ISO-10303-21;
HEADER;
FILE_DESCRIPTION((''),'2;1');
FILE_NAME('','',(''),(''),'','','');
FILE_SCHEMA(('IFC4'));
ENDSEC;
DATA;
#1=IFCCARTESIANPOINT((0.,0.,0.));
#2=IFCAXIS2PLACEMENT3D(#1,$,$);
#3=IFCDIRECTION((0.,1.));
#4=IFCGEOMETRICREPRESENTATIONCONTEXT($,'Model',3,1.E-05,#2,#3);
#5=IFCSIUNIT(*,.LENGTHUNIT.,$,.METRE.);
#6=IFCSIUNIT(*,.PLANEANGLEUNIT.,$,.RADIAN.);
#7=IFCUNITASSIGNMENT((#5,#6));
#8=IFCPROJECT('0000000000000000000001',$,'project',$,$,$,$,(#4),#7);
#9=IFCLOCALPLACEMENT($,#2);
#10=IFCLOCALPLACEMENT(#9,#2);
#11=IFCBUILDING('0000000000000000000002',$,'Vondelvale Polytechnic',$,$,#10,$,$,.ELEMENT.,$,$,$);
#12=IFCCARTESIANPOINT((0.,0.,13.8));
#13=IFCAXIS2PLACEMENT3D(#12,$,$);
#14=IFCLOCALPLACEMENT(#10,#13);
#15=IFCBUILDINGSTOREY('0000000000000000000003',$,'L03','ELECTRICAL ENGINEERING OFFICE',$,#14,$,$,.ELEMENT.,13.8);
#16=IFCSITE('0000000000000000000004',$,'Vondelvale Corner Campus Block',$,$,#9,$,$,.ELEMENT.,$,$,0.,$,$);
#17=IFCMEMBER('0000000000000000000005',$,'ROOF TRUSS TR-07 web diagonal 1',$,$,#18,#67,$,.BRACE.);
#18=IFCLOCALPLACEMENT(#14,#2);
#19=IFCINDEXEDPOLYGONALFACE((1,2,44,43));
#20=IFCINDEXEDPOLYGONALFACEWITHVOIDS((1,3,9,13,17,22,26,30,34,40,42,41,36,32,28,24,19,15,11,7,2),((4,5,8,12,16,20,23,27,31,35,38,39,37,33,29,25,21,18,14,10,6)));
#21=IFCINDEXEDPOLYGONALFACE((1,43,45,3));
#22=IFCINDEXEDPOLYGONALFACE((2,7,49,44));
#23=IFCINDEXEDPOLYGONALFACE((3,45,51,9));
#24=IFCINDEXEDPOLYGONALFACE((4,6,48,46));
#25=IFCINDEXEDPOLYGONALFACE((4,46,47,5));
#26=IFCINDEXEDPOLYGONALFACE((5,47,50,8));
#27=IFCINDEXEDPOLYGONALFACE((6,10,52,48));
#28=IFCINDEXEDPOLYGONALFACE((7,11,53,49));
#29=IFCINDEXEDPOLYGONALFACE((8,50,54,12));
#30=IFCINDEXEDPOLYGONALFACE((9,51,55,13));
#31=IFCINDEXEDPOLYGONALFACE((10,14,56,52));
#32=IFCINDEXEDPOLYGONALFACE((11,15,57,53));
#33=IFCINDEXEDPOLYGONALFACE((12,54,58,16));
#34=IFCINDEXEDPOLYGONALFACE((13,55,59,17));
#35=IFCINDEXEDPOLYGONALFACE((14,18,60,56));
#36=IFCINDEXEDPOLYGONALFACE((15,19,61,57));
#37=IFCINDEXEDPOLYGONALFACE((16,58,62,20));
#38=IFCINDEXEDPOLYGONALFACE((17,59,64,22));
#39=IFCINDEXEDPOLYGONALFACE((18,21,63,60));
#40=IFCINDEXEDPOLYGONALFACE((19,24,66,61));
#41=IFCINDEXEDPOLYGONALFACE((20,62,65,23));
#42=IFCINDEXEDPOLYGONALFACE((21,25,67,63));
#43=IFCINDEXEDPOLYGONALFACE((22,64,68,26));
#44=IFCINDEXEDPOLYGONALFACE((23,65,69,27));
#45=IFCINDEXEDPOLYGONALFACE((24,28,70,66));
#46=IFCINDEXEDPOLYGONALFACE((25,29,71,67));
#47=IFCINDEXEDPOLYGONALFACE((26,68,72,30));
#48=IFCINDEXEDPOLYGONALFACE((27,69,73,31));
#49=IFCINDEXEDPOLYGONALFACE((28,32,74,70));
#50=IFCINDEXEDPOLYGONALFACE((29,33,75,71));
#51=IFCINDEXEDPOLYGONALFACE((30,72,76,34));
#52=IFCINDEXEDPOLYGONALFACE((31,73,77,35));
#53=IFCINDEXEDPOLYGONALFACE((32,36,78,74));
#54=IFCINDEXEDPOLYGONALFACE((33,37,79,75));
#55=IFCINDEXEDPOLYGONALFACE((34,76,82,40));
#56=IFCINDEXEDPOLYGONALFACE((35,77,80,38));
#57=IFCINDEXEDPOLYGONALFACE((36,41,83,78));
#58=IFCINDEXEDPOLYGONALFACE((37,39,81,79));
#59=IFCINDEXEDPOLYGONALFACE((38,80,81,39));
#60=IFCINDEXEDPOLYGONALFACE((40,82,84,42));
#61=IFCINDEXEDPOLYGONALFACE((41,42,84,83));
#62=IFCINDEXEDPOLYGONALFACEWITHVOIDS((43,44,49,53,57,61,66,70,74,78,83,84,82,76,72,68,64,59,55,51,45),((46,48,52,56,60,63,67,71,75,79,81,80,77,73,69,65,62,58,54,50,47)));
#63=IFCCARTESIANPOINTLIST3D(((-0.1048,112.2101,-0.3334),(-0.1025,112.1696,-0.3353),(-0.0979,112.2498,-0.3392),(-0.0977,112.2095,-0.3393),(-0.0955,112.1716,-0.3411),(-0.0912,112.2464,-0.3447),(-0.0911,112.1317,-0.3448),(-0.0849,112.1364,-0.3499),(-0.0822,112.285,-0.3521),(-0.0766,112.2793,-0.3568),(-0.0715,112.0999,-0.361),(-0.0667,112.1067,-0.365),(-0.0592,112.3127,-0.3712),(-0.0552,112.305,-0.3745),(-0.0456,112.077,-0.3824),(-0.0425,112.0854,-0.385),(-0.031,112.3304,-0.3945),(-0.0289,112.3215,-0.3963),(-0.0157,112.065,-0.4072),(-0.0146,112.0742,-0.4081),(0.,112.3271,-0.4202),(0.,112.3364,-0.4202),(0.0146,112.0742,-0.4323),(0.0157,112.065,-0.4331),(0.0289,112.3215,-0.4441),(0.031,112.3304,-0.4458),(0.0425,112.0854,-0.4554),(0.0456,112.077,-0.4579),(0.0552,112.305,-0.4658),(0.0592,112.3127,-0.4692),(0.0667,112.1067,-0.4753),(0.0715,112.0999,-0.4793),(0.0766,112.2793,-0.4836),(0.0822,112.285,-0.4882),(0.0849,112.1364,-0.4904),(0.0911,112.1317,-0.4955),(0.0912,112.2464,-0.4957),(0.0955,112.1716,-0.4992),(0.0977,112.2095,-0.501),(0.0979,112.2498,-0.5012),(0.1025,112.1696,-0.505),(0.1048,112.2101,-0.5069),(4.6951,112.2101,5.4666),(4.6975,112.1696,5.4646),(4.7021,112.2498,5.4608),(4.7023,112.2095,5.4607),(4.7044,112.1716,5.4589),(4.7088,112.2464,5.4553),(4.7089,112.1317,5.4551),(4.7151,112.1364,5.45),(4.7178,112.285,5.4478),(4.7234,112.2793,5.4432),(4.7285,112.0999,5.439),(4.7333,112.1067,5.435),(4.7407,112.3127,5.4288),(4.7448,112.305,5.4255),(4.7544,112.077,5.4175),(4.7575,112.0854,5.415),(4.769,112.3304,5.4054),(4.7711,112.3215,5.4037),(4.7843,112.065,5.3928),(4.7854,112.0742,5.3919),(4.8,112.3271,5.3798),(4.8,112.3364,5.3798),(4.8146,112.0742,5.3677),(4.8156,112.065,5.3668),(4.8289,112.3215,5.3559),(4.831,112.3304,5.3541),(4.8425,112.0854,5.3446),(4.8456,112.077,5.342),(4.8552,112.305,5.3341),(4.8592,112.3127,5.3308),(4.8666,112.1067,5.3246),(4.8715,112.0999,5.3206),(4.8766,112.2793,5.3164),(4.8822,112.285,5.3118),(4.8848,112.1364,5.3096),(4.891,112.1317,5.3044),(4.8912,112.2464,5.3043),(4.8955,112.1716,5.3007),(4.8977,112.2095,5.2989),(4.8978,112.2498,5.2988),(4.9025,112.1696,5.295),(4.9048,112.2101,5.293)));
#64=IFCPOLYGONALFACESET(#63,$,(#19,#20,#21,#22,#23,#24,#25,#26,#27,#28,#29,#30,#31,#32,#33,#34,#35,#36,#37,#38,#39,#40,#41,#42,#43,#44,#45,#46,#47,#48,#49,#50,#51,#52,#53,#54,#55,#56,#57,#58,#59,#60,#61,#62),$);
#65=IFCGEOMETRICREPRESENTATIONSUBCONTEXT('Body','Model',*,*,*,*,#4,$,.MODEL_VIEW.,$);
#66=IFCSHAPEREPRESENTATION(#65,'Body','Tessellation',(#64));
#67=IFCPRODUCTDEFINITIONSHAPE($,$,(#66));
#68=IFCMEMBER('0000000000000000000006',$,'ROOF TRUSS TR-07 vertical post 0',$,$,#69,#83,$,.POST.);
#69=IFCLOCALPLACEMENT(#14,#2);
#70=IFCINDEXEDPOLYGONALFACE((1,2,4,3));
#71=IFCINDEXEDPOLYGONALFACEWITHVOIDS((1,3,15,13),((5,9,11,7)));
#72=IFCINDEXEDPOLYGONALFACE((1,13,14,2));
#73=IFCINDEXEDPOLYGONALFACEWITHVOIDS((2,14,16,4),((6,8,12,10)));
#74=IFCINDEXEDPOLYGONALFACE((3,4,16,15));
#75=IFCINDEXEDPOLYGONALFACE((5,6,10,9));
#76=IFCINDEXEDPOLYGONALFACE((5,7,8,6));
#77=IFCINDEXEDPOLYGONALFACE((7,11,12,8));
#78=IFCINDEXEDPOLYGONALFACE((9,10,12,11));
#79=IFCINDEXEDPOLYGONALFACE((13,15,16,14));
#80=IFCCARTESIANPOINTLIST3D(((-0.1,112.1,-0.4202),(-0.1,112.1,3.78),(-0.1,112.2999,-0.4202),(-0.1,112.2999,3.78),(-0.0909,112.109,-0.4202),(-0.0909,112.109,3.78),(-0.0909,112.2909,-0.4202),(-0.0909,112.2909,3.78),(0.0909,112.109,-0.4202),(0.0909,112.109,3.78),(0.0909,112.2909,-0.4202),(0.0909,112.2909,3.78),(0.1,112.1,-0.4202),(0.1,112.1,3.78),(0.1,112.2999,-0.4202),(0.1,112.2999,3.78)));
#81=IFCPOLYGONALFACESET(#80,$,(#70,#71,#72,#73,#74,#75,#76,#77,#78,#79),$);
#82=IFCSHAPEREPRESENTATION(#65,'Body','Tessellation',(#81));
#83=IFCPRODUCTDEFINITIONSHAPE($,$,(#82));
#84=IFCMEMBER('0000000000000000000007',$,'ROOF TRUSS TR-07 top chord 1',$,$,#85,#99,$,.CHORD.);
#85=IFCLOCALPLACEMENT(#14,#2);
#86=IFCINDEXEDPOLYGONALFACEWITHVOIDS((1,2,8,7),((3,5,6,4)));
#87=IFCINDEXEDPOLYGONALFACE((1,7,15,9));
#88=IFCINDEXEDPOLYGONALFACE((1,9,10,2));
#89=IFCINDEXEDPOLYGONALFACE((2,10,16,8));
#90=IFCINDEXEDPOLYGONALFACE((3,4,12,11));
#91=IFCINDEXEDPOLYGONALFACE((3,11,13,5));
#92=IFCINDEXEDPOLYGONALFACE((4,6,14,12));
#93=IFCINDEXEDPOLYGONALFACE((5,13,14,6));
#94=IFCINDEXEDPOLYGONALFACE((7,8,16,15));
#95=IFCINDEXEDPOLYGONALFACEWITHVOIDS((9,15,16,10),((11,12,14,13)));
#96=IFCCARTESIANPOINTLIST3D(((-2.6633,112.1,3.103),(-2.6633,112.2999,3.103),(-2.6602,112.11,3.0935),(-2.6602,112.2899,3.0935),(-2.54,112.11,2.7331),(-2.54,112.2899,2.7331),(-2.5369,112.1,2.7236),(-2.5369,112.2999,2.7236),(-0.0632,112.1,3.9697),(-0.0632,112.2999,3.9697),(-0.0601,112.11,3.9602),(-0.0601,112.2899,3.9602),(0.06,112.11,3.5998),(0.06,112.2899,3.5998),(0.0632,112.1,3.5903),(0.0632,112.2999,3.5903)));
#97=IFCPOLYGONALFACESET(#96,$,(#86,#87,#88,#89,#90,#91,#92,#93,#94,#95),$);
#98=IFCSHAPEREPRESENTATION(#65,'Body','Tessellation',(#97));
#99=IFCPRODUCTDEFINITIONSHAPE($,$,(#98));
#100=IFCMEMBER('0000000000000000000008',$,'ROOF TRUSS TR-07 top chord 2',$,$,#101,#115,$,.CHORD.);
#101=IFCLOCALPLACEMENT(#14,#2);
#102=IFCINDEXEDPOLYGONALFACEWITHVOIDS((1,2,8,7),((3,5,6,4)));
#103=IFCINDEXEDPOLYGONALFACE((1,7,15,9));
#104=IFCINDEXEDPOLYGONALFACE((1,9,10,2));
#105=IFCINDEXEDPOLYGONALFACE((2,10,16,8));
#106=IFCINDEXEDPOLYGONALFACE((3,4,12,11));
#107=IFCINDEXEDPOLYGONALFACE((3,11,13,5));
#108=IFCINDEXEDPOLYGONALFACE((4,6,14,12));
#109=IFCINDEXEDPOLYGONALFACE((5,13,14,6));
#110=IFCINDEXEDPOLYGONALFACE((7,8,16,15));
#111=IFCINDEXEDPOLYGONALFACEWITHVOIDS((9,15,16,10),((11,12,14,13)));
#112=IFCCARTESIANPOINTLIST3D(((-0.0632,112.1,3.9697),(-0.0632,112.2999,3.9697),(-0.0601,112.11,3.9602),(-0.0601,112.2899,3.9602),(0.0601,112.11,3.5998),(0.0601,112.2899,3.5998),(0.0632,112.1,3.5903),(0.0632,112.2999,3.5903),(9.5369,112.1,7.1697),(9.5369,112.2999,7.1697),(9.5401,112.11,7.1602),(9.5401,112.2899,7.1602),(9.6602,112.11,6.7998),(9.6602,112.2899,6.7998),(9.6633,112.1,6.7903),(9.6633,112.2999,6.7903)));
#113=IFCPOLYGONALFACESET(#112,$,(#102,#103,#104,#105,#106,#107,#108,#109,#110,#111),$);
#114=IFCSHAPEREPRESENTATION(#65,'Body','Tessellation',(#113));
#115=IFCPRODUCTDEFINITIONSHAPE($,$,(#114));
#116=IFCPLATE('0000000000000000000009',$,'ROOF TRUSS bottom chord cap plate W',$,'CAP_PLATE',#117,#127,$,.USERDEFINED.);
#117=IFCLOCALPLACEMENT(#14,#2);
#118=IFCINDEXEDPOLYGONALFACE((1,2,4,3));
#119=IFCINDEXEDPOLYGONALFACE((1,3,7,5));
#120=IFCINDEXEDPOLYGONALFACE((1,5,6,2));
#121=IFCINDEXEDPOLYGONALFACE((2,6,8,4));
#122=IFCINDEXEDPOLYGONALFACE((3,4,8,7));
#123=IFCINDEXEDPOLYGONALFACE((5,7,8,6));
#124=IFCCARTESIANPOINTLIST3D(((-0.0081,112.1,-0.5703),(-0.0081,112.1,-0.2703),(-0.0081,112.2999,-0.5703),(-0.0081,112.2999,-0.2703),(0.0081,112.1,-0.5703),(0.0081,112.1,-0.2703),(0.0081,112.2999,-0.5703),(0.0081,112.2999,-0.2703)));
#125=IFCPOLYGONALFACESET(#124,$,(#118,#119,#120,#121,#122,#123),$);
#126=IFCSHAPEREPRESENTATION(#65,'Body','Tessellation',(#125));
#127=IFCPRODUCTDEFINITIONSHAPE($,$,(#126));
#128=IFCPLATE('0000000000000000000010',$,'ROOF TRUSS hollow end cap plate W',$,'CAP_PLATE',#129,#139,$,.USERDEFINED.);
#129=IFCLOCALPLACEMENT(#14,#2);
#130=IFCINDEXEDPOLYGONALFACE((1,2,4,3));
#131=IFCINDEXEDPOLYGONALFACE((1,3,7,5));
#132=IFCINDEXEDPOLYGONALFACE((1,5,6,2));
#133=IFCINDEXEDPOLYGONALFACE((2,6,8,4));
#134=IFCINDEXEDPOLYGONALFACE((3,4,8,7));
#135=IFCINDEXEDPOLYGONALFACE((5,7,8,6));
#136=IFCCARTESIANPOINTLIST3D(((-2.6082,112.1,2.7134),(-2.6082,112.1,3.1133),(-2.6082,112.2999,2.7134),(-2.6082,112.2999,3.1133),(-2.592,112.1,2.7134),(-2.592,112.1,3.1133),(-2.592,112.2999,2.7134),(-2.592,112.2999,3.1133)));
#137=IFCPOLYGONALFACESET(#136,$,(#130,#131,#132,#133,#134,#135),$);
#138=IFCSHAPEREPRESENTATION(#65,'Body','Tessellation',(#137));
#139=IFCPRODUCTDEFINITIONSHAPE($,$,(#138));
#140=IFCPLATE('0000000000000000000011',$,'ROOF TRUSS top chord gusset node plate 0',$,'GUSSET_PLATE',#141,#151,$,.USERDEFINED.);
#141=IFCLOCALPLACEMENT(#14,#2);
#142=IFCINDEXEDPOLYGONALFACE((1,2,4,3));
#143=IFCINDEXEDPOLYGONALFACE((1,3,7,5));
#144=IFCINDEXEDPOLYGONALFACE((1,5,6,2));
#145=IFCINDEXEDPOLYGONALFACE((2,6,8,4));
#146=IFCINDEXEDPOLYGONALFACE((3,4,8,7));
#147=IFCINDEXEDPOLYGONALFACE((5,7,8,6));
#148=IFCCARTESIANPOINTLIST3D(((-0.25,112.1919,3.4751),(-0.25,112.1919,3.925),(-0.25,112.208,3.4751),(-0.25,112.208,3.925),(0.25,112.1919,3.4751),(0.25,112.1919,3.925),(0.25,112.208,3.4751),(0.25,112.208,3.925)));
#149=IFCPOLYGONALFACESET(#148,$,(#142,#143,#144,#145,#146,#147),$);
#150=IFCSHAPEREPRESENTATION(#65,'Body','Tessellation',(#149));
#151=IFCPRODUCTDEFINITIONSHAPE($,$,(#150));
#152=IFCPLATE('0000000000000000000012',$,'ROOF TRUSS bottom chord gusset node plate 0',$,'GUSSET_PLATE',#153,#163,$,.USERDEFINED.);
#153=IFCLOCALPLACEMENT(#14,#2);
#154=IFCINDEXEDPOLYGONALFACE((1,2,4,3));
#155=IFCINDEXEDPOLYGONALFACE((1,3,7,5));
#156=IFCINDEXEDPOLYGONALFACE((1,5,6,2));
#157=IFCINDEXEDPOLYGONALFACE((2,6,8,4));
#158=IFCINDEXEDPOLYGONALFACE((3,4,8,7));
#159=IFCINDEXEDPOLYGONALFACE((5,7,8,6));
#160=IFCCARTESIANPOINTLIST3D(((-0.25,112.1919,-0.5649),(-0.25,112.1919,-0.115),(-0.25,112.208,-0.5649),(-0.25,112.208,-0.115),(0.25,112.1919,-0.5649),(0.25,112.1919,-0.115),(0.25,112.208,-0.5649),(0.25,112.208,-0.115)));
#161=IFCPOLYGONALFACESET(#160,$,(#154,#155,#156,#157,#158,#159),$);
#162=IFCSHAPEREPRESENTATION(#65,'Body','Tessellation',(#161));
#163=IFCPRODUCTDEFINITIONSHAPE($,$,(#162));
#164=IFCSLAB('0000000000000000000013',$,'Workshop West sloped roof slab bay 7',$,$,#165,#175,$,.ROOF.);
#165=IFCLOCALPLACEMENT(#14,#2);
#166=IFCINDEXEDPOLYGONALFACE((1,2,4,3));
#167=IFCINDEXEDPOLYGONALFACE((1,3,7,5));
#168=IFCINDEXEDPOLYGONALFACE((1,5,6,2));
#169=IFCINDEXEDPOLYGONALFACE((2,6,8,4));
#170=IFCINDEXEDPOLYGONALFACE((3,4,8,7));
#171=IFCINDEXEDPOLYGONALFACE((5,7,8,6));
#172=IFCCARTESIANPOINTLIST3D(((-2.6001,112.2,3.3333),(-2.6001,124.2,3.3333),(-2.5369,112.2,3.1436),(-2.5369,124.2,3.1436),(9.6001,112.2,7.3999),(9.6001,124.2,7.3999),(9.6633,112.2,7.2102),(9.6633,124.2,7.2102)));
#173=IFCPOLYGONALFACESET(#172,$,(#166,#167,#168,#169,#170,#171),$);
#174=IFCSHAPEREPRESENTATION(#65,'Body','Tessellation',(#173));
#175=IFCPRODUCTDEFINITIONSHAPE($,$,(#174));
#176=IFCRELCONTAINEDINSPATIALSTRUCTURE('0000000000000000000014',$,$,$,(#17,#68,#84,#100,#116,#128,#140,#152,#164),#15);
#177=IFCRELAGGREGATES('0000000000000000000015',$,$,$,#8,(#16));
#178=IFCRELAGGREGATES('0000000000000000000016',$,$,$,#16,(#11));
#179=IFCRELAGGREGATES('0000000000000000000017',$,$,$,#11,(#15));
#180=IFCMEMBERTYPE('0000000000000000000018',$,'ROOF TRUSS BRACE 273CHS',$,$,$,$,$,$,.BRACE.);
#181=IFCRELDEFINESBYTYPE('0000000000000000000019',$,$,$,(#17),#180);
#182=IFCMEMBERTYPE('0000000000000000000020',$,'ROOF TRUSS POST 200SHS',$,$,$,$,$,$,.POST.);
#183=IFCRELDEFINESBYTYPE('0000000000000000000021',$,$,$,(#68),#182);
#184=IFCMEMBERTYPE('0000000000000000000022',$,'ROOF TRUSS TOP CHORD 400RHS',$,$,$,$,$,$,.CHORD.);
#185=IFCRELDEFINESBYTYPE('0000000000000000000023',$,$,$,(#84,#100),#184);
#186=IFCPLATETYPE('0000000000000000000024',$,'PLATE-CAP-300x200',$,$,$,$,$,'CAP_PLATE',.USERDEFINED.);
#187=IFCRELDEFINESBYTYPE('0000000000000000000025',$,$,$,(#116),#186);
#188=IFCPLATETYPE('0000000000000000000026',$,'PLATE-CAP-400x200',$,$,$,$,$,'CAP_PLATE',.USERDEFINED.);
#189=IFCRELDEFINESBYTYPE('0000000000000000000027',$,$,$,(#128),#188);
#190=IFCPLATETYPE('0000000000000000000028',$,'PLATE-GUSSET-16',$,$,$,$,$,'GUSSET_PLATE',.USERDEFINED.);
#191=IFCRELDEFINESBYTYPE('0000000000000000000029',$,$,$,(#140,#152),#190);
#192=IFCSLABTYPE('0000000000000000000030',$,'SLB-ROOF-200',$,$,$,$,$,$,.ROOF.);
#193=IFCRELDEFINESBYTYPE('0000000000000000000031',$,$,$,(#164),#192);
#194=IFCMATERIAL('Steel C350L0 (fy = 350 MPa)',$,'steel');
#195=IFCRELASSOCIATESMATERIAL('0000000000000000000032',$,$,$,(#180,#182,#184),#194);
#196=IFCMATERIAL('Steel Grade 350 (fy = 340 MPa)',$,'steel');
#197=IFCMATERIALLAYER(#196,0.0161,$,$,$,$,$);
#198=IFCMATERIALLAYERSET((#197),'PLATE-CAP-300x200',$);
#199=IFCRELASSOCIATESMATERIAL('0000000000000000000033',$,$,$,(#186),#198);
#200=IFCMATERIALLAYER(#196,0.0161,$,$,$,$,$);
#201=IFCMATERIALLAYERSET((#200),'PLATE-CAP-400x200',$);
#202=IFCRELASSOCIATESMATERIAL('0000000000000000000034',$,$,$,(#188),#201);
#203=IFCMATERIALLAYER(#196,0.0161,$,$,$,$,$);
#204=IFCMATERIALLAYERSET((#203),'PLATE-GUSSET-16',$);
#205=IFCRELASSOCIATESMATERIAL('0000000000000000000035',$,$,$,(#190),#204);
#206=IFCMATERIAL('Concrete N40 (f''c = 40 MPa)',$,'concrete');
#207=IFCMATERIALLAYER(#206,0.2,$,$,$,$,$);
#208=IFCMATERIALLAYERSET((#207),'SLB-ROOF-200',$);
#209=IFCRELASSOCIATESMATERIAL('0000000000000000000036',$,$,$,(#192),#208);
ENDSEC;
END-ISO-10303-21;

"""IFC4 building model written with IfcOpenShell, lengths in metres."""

from ifc_helpers import new_model, si_unit, direction, frame, origin, origin_2d, place, context, subcontext, project, spatial, polyline, rectangle, hollow_rectangle, hollow_circle, outline, extrude, material, layer, layer_set, material_profile, profile_set, type_object, element, save


model = new_model("IFC4")

# Units and contexts
model_context = context("Model", 3, precision=1e-05, world=origin(), true_north=direction((0.0, 1.0)))
body_context = subcontext(model_context, "Body", "Model", "MODEL_VIEW")
ifc_project = project(units=[si_unit("LENGTHUNIT", "METRE"), si_unit("PLANEANGLEUNIT", "RADIAN")], contexts=[model_context])

# Site, building, storey
site_placement = place(None, origin())
site = spatial("IfcSite", under=ifc_project, at=site_placement, Name="Vondelvale Corner Campus Block", CompositionType="ELEMENT", RefElevation=0.0)
building_placement = place(site_placement, origin())
building = spatial("IfcBuilding", under=site, at=building_placement, Name="Vondelvale Polytechnic", CompositionType="ELEMENT")
storey_placement = place(building_placement, frame((0.0, 0.0, 13.8)))
storey = spatial("IfcBuildingStorey", under=building, at=storey_placement, Name="L03", Description="ELECTRICAL ENGINEERING OFFICE", CompositionType="ELEMENT", Elevation=13.8)

# Members
ifc_material_1 = material(Name="Steel C350L0 (fy = 350 MPa)", Category="steel")
ifc_material_profile_1 = material_profile(ifc_material_1, hollow_circle(Radius=0.1365, WallThickness=0.0093, at=origin_2d()), Name="273.1x9.3CHS")
ifc_profile_set_1 = profile_set([ifc_material_profile_1], Name="Steel C350L0 (fy = 350 MPa)")
member_type_1 = type_object("IfcMemberType", Name="ROOF TRUSS BRACE 273CHS", PredefinedType="BRACE", material=ifc_profile_set_1)
member_1_placement = place(storey_placement, frame((0.0, 112.2, -0.4202), z_axis=(0.637568, 0.0, 0.770394), x_axis=(0.0, 1.0, 0.0)))
element("IfcMember", 1, at=member_1_placement, inside=storey, type_object=member_type_1, Name="ROOF TRUSS TR-07 web diagonal 1", PredefinedType="BRACE", context=body_context, shape_type="SweptSolid", body=[
    extrude(hollow_circle(Radius=0.1365, WallThickness=0.0093, at=origin_2d()), origin(), (0.0, 0.0, 1.0), 7.5286),
])
ifc_material_profile_2 = material_profile(ifc_material_1, hollow_rectangle(XDim=0.2, YDim=0.2, WallThickness=0.009, at=origin_2d()), Name="200x200x9.0SHS")
ifc_profile_set_2 = profile_set([ifc_material_profile_2], Name="Steel C350L0 (fy = 350 MPa)")
member_type_2 = type_object("IfcMemberType", Name="ROOF TRUSS POST 200SHS", PredefinedType="POST", material=ifc_profile_set_2)
member_2_placement = place(storey_placement, frame((0.0, 112.2, -0.4202), z_axis=(0.0, 0.0, 1.0), x_axis=(1.0, 0.0, 0.0)))
element("IfcMember", 2, at=member_2_placement, inside=storey, type_object=member_type_2, Name="ROOF TRUSS TR-07 vertical post 0", PredefinedType="POST", context=body_context, shape_type="SweptSolid", body=[
    extrude(hollow_rectangle(XDim=0.2, YDim=0.2, WallThickness=0.009, at=origin_2d()), origin(), (0.0, 0.0, 1.0), 4.2002),
])
ifc_material_profile_3 = material_profile(ifc_material_1, hollow_rectangle(XDim=0.2, YDim=0.3999, WallThickness=0.01, at=origin_2d()), Name="400x200x10.0RHS")
ifc_profile_set_3 = profile_set([ifc_material_profile_3], Name="Steel C350L0 (fy = 350 MPa)")
member_type_3 = type_object("IfcMemberType", Name="ROOF TRUSS TOP CHORD 400RHS", PredefinedType="CHORD", material=ifc_profile_set_3)
member_3_placement = place(storey_placement, frame((-2.6001, 112.2, 2.9133), z_axis=(0.948683, 0.0, 0.316228), x_axis=(0.0, 1.0, 0.0)))
element("IfcMember", 3, at=member_3_placement, inside=storey, type_object=member_type_3, Name="ROOF TRUSS TR-07 top chord 1", PredefinedType="CHORD", context=body_context, shape_type="SweptSolid", body=[
    extrude(hollow_rectangle(XDim=0.2, YDim=0.3999, WallThickness=0.01, at=origin_2d()), origin(), (0.0, 0.0, 1.0), 2.7407),
])
member_4_placement = place(storey_placement, frame((0.0, 112.2, 3.78), z_axis=(0.948686, 0.0, 0.316221), x_axis=(0.0, 1.0, 0.0)))
element("IfcMember", 4, at=member_4_placement, inside=storey, type_object=member_type_3, Name="ROOF TRUSS TR-07 top chord 2", PredefinedType="CHORD", context=body_context, shape_type="SweptSolid", body=[
    extrude(hollow_rectangle(XDim=0.2, YDim=0.3999, WallThickness=0.01, at=origin_2d()), origin(), (0.0, 0.0, 1.0), 10.1194),
])

# Plates
ifc_material_2 = material(Name="Steel Grade 350 (fy = 340 MPa)", Category="steel")
ifc_layer_1 = layer(ifc_material_2, 0.0161)
ifc_layer_set_1 = layer_set([ifc_layer_1], Name="PLATE-CAP-300x200")
plate_type_1 = type_object("IfcPlateType", Name="PLATE-CAP-300x200", ElementType="CAP_PLATE", PredefinedType="USERDEFINED", material=ifc_layer_set_1)
plate_1_placement = place(storey_placement, frame((0.0, 112.2, -0.5703), z_axis=(0.0, 0.0, 1.0), x_axis=(1.0, 0.0, 0.0)))
element("IfcPlate", 5, at=plate_1_placement, inside=storey, type_object=plate_type_1, Name="ROOF TRUSS bottom chord cap plate W", ObjectType="CAP_PLATE", PredefinedType="USERDEFINED", context=body_context, shape_type="SweptSolid", body=[
    extrude(rectangle(XDim=0.0161, YDim=0.2, at=origin_2d()), origin(), (0.0, 0.0, 1.0), 0.3),
])
ifc_layer_2 = layer(ifc_material_2, 0.0161)
ifc_layer_set_2 = layer_set([ifc_layer_2], Name="PLATE-CAP-400x200")
plate_type_2 = type_object("IfcPlateType", Name="PLATE-CAP-400x200", ElementType="CAP_PLATE", PredefinedType="USERDEFINED", material=ifc_layer_set_2)
plate_2_placement = place(storey_placement, frame((-2.6001, 112.2, 2.7134), z_axis=(0.0, 0.0, 1.0), x_axis=(1.0, 0.0, 0.0)))
element("IfcPlate", 6, at=plate_2_placement, inside=storey, type_object=plate_type_2, Name="ROOF TRUSS hollow end cap plate W", ObjectType="CAP_PLATE", PredefinedType="USERDEFINED", context=body_context, shape_type="SweptSolid", body=[
    extrude(rectangle(XDim=0.0161, YDim=0.2, at=origin_2d()), origin(), (0.0, 0.0, 1.0), 0.3999),
])
ifc_layer_3 = layer(ifc_material_2, 0.0161)
ifc_layer_set_3 = layer_set([ifc_layer_3], Name="PLATE-GUSSET-16")
plate_type_3 = type_object("IfcPlateType", Name="PLATE-GUSSET-16", ElementType="GUSSET_PLATE", PredefinedType="USERDEFINED", material=ifc_layer_set_3)
for number, where, z_axis, x_axis, name in (
    (7, (0.0, 112.2, 3.4751), (0.0, 0.0, 1.0), (1.0, 0.0, 0.0), "ROOF TRUSS top chord gusset node plate 0"),
    (8, (0.0, 112.2, -0.5649), (0.0, 0.0, 1.0), (1.0, 0.0, 0.0), "ROOF TRUSS bottom chord gusset node plate 0"),
):
    element("IfcPlate", number, at=place(storey_placement, frame(where, z_axis=z_axis, x_axis=x_axis)), inside=storey, type_object=plate_type_3, Name=name, ObjectType="GUSSET_PLATE", PredefinedType="USERDEFINED", context=body_context, shape_type="SweptSolid", body=[
        extrude(rectangle(XDim=0.5, YDim=0.0161, at=origin_2d()), origin(), (0.0, 0.0, 1.0), 0.45),
    ])

# Slab
ifc_material_3 = material(Name="Concrete N40 (f'c = 40 MPa)", Category="concrete")
ifc_layer_4 = layer(ifc_material_3, 0.2)
ifc_layer_set_4 = layer_set([ifc_layer_4], Name="SLB-ROOF-200")
slab_type = type_object("IfcSlabType", Name="SLB-ROOF-200", PredefinedType="ROOF", material=ifc_layer_set_4)
slab_placement = place(storey_placement, frame((-2.6001, 112.2, 3.3333), z_axis=(-0.316222, 0.0, 0.948685), x_axis=(0.948685, 0.0, 0.316222)))
element("IfcSlab", 9, at=slab_placement, inside=storey, type_object=slab_type, Name="Workshop West sloped roof slab bay 7", PredefinedType="ROOF", context=body_context, shape_type="SweptSolid", body=[
    extrude(outline(polyline([(0.0, 0.0), (12.8601, 0.0), (12.8601, 12.0), (0.0, 12.0), (0.0, 0.0)])), origin(), (0.0, 0.0, -1.0), 0.2),
])

save(model, "model.ifc")
